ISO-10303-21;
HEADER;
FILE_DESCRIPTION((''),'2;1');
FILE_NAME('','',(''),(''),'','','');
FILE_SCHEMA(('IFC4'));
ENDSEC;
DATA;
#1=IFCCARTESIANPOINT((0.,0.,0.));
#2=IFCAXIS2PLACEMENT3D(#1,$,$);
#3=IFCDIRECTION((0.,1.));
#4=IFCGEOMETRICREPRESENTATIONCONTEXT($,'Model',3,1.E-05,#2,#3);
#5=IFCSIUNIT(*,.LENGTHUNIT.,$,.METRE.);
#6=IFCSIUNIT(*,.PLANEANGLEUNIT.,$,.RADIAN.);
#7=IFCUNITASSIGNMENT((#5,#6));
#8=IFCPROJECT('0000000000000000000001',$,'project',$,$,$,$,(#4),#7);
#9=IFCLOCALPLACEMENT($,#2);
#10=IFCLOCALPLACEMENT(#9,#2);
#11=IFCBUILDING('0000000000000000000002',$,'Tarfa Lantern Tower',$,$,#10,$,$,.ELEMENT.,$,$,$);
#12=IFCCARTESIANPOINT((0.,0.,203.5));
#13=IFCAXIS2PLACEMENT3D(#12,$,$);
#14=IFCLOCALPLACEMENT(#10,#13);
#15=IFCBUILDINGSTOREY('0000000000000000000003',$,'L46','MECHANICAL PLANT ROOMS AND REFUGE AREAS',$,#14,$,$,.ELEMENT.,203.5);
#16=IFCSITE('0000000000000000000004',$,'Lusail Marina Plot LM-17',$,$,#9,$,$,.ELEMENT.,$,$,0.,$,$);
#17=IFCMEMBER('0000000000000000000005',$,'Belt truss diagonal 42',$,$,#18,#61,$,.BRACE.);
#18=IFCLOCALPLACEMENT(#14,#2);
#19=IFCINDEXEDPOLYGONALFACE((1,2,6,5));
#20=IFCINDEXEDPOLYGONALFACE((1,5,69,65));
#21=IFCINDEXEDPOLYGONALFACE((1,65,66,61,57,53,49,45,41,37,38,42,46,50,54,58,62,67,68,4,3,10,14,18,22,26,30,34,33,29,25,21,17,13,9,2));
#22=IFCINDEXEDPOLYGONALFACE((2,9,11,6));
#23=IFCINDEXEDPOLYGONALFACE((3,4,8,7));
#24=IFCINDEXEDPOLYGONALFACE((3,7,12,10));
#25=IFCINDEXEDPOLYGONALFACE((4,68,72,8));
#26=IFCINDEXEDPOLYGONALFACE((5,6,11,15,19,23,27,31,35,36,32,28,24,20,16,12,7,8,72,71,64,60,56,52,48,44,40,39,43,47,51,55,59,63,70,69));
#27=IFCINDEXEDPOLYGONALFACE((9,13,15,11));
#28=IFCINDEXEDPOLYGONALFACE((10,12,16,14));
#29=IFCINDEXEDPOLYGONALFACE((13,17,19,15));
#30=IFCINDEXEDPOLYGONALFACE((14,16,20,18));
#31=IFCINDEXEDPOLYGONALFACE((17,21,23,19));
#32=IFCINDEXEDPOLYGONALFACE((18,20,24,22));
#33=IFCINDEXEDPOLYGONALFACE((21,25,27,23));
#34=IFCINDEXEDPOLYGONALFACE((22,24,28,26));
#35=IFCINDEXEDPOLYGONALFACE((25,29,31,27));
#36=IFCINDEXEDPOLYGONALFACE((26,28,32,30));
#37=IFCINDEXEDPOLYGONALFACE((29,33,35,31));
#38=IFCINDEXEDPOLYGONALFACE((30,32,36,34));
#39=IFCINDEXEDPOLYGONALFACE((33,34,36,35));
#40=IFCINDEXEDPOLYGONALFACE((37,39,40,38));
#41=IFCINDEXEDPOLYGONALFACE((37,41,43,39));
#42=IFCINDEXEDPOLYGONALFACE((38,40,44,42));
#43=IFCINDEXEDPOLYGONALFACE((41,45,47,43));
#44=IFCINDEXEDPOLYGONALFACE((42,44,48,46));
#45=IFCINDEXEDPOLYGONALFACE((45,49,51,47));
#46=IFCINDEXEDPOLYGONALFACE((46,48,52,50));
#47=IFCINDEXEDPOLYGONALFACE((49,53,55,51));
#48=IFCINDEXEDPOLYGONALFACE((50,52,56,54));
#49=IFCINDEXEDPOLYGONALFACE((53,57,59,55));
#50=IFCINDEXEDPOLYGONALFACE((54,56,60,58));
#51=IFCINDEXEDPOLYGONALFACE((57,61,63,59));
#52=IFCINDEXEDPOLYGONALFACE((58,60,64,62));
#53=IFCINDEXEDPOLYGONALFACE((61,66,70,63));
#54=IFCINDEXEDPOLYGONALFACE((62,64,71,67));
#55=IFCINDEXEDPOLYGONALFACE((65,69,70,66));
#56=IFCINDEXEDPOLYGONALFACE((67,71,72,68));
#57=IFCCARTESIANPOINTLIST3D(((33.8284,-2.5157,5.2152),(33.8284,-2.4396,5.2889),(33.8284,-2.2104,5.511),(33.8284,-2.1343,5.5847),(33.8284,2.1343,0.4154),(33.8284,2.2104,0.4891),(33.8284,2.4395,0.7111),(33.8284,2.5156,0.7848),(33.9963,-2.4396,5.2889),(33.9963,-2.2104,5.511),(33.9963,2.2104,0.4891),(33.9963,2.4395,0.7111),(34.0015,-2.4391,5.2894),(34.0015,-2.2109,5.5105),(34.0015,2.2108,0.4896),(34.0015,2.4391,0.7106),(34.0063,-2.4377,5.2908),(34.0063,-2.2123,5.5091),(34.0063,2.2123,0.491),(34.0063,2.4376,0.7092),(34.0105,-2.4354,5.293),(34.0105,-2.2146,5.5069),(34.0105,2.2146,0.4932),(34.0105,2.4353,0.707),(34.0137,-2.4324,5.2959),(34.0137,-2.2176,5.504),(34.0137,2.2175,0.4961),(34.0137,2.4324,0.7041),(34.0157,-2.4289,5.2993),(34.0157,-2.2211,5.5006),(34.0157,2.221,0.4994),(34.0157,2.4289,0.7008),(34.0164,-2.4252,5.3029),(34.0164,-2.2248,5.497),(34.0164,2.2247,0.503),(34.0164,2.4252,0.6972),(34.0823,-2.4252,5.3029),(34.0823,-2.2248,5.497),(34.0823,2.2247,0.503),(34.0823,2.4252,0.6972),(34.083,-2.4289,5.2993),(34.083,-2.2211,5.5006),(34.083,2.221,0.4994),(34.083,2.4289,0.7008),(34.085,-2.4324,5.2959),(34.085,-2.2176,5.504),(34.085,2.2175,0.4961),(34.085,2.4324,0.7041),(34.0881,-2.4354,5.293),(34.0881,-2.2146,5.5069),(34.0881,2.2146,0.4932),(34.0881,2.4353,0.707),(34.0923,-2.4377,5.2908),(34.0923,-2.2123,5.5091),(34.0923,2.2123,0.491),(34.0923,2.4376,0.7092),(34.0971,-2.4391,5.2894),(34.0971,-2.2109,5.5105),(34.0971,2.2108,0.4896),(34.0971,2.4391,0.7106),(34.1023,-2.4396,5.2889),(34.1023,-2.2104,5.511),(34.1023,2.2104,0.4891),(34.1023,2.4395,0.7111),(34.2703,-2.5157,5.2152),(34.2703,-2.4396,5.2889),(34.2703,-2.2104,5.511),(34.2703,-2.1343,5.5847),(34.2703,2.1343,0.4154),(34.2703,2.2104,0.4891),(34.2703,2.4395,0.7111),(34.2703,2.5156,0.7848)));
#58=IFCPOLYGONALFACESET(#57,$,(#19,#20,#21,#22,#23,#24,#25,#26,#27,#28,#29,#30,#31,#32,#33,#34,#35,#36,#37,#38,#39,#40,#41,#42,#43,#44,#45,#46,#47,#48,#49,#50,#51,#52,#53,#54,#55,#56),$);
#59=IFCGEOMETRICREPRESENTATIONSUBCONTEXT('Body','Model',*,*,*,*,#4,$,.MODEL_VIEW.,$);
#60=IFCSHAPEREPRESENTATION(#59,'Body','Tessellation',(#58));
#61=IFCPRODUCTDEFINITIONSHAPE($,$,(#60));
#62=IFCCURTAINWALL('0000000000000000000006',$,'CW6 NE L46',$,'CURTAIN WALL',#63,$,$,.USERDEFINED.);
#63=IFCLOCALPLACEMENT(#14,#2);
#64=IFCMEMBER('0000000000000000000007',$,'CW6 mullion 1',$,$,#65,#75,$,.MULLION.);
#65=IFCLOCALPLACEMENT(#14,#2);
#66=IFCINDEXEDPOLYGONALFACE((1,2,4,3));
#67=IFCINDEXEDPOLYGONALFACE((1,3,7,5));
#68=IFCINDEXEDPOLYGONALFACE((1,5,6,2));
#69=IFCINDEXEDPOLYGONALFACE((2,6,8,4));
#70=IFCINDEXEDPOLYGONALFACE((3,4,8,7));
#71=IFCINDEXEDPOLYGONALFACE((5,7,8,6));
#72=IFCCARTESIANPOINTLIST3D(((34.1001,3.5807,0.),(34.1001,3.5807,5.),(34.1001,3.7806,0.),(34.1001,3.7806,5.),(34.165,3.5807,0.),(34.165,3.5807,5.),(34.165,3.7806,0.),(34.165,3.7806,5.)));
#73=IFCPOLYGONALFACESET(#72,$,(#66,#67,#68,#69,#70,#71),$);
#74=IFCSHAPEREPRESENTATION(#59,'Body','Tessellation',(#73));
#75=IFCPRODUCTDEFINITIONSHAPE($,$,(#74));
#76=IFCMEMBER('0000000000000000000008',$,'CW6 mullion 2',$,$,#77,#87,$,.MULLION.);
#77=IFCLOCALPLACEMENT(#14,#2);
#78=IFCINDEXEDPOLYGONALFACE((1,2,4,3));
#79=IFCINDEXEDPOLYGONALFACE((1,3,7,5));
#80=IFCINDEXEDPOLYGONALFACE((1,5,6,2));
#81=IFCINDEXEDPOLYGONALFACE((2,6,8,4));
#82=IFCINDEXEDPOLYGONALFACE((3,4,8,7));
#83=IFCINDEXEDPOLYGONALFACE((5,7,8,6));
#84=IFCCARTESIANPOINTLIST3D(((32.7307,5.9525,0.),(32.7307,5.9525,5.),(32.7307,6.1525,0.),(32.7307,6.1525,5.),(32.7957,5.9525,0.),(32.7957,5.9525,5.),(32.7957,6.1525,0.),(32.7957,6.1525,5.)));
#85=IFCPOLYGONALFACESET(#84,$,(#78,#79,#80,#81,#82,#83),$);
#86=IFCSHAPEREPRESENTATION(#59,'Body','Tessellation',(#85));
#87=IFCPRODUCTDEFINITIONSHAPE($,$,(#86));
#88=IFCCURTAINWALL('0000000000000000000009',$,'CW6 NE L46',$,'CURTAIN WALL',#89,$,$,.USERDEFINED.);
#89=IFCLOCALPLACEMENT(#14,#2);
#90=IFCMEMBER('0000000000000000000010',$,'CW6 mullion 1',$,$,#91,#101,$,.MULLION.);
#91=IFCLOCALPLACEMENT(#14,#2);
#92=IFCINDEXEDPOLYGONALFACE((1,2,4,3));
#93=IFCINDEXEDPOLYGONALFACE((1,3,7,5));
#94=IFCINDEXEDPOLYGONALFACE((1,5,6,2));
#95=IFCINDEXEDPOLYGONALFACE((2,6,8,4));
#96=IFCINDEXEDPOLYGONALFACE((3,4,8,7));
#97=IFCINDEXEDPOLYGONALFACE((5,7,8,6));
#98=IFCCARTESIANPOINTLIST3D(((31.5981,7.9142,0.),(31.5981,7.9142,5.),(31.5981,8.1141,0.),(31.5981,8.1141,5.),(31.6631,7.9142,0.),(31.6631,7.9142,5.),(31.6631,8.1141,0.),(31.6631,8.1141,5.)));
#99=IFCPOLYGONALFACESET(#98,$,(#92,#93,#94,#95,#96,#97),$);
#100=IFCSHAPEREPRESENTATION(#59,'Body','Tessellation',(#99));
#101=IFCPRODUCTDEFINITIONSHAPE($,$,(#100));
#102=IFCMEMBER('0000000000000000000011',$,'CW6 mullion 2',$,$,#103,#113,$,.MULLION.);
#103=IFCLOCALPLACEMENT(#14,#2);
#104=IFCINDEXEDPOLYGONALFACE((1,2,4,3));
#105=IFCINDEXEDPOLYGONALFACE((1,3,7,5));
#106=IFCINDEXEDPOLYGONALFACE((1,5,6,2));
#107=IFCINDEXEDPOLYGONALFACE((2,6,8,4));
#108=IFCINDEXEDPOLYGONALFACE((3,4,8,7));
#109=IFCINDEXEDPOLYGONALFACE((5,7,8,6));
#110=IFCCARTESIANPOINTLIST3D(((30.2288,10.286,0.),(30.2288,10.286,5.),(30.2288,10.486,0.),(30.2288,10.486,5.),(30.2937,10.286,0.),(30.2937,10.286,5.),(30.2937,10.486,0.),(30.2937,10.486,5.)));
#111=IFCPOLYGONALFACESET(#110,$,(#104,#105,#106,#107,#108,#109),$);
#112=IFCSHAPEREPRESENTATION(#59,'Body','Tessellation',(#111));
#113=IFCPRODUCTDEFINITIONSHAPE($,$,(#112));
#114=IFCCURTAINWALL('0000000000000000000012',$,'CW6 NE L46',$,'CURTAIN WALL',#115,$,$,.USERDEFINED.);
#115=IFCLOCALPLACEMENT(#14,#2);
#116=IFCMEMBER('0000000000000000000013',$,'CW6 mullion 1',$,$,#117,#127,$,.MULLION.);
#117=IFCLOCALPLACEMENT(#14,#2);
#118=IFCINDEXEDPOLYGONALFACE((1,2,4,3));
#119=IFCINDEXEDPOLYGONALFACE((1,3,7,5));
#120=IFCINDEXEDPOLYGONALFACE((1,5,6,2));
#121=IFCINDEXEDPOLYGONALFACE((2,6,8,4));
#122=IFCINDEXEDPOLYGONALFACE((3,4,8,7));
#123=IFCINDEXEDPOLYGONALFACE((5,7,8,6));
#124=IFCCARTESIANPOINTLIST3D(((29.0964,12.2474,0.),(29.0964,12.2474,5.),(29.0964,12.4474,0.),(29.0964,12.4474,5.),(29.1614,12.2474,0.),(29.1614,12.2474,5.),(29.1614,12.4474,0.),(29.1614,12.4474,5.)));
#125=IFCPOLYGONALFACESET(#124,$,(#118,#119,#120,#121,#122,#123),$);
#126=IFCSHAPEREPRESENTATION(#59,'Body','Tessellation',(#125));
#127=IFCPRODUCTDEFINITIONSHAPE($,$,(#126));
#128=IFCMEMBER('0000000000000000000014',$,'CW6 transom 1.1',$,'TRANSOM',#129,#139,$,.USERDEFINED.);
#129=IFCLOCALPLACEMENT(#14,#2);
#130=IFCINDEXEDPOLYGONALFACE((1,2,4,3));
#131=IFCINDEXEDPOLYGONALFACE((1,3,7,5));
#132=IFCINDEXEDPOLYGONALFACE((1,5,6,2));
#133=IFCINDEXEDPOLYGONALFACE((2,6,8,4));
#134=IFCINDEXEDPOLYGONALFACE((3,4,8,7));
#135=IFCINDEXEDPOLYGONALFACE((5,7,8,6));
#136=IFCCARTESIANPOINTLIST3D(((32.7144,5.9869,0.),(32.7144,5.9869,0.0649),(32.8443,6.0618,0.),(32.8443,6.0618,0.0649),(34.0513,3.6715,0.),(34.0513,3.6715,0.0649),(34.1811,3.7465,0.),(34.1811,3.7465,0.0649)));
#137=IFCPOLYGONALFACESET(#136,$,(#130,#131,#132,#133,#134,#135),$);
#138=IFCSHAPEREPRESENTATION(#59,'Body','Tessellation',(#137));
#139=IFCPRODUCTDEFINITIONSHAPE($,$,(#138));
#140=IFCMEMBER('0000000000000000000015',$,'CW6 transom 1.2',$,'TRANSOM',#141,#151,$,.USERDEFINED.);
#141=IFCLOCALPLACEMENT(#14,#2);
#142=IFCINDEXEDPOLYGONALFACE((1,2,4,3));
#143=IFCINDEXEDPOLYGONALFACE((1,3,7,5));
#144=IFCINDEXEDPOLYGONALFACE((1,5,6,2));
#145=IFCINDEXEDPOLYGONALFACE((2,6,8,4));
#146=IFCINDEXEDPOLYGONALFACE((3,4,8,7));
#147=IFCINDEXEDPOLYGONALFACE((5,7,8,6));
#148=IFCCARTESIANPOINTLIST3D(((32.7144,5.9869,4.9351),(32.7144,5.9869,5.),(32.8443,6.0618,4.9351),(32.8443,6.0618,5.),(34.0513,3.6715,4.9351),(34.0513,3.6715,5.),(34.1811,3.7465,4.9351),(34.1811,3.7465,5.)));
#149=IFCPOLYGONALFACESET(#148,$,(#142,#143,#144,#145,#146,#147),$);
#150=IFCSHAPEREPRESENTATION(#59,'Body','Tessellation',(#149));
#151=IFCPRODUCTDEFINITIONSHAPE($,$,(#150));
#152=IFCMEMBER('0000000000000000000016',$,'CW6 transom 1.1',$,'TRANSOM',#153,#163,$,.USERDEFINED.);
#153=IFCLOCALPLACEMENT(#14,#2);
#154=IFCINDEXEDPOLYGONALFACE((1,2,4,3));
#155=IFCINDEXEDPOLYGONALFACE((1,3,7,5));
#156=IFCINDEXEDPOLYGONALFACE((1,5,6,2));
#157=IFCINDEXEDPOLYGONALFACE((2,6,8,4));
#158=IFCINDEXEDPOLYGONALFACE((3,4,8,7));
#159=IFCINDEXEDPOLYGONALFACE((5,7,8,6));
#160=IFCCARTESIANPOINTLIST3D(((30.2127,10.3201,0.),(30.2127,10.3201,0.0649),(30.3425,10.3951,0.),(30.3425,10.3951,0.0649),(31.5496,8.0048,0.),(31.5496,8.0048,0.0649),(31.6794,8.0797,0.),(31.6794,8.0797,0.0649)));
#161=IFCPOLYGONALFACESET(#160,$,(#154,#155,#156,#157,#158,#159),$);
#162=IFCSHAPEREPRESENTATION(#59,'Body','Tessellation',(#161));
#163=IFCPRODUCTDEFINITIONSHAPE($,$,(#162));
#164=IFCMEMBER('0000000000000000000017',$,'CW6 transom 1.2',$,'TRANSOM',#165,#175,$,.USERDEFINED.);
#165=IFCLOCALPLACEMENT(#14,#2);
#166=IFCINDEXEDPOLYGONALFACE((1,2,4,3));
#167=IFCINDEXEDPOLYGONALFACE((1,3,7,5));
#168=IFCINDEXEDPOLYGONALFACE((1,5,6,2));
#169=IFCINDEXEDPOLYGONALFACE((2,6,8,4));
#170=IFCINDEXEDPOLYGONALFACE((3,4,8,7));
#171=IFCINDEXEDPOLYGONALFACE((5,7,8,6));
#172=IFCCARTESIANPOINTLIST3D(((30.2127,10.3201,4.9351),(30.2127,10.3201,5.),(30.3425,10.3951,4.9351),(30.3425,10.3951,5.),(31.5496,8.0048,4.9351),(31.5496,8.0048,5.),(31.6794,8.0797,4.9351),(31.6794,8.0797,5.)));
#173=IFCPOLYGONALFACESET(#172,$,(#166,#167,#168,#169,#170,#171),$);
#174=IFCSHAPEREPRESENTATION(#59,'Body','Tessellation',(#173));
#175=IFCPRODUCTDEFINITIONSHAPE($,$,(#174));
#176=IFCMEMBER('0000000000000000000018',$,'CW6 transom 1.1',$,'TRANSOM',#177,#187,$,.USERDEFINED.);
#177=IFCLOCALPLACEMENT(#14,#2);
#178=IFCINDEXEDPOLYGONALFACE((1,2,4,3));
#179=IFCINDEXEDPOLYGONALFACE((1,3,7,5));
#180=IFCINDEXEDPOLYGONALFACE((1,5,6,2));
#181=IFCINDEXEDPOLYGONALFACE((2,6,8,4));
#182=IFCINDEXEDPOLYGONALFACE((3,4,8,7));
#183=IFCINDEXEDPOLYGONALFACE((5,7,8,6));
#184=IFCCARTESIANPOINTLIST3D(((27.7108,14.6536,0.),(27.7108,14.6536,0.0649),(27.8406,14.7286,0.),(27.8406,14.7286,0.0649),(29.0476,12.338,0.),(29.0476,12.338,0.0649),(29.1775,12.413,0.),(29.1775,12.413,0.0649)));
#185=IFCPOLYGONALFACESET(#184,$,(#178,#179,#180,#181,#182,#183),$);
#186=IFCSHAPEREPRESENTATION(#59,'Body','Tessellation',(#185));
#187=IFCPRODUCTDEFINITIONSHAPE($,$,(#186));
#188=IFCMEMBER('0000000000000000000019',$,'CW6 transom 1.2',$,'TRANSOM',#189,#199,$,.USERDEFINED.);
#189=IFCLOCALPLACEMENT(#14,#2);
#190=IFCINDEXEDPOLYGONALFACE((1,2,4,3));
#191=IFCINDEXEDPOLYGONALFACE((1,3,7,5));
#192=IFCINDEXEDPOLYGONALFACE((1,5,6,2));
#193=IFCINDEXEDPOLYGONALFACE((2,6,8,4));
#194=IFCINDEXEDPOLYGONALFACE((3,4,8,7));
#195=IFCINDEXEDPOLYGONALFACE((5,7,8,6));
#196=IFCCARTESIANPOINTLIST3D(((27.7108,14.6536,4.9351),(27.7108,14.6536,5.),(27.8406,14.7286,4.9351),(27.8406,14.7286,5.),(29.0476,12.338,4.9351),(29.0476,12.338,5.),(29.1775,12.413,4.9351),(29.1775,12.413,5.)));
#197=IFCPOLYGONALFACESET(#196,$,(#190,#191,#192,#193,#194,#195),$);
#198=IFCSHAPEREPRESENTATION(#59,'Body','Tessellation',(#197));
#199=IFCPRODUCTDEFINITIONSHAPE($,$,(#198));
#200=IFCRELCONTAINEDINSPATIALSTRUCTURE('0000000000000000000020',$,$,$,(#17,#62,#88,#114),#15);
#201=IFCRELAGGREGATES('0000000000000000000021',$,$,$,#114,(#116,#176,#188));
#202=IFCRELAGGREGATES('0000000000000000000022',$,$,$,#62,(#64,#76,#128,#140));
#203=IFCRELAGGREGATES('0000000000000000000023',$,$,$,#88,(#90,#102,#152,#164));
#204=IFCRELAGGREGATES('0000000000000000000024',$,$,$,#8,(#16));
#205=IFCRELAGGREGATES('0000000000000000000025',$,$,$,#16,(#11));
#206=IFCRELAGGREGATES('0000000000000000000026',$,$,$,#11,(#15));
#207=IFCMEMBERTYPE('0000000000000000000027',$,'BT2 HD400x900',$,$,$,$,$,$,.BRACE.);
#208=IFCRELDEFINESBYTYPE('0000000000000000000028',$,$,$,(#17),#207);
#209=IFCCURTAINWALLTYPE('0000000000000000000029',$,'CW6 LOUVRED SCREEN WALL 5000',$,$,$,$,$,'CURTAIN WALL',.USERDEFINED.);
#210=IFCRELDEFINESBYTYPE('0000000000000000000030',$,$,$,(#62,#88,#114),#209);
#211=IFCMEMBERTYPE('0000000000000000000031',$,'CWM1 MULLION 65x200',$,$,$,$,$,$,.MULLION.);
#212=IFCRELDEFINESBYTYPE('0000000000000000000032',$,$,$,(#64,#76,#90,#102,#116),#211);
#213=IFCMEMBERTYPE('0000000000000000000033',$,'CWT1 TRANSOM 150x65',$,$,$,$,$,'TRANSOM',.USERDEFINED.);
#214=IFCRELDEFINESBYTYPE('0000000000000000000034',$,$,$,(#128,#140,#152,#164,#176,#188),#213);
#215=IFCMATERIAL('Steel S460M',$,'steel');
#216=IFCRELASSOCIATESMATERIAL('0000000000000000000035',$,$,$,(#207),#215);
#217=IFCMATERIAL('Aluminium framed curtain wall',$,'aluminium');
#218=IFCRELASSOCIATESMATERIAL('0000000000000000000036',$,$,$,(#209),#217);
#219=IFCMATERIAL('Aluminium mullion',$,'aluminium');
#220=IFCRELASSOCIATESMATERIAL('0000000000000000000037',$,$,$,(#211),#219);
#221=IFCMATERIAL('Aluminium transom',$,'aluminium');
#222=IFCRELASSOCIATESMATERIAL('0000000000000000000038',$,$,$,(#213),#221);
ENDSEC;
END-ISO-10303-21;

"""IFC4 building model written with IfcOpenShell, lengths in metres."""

from ifc_helpers import new_model, si_unit, direction, frame, origin, origin_2d, place, context, subcontext, project, spatial, rectangle, i_section, extrude, material, material_profile, profile_set, type_object, element, aggregate, save


model = new_model("IFC4")

# Units and contexts
model_context = context("Model", 3, precision=1e-05, world=origin(), true_north=direction((0.0, 1.0)))
body_context = subcontext(model_context, "Body", "Model", "MODEL_VIEW")
ifc_project = project(units=[si_unit("LENGTHUNIT", "METRE"), si_unit("PLANEANGLEUNIT", "RADIAN")], contexts=[model_context])

# Site, building, storey
site_placement = place(None, origin())
site = spatial("IfcSite", under=ifc_project, at=site_placement, Name="Lusail Marina Plot LM-17", CompositionType="ELEMENT", RefElevation=0.0)
building_placement = place(site_placement, origin())
building = spatial("IfcBuilding", under=site, at=building_placement, Name="Tarfa Lantern Tower", CompositionType="ELEMENT")
storey_placement = place(building_placement, frame((0.0, 0.0, 203.5)))
storey = spatial("IfcBuildingStorey", under=building, at=storey_placement, Name="L46", Description="MECHANICAL PLANT ROOMS AND REFUGE AREAS", CompositionType="ELEMENT", Elevation=203.5)

# Member
ifc_material_1 = material(Name="Steel S460M", Category="steel")
ifc_material_profile_1 = material_profile(ifc_material_1, i_section(OverallWidth=0.4419, OverallDepth=0.531, WebThickness=0.0659, FlangeThickness=0.106, FilletRadius=0.02, at=origin_2d()), Name="HD400x900")
ifc_profile_set_1 = profile_set([ifc_material_profile_1], Name="Steel S460M")
member_type_1 = type_object("IfcMemberType", Name="BT2 HD400x900", PredefinedType="BRACE", material=ifc_profile_set_1)
member_1_placement = place(storey_placement, frame((34.0493, 2.325, 0.6001), z_axis=(0.0, -0.695802, 0.718233), x_axis=(1.0, 0.0, 0.0)))
element("IfcMember", 1, at=member_1_placement, inside=storey, type_object=member_type_1, Name="Belt truss diagonal 42", PredefinedType="BRACE", context=body_context, shape_type="SweptSolid", body=[
    extrude(i_section(OverallWidth=0.4419, OverallDepth=0.531, WebThickness=0.0659, FlangeThickness=0.106, FilletRadius=0.02, at=origin_2d()), origin(), (0.0, 0.0, 1.0), 6.6829),
])

# Curtain walls, members
ifc_material_2 = material(Name="Aluminium framed curtain wall", Category="aluminium")
curtain_wall_type = type_object("IfcCurtainWallType", Name="CW6 LOUVRED SCREEN WALL 5000", ElementType="CURTAIN WALL", PredefinedType="USERDEFINED", material=ifc_material_2)
curtain_wall_1_placement = place(storey_placement, origin())
curtain_wall_1 = element("IfcCurtainWall", 2, at=curtain_wall_1_placement, inside=storey, type_object=curtain_wall_type, Name="CW6 NE L46", ObjectType="CURTAIN WALL", PredefinedType="USERDEFINED")
ifc_material_3 = material(Name="Aluminium mullion", Category="aluminium")
ifc_material_profile_2 = material_profile(ifc_material_3, rectangle(XDim=0.0649, YDim=0.2, at=origin_2d()), Name="AL MULLION 65x200")
ifc_profile_set_2 = profile_set([ifc_material_profile_2], Name="Aluminium mullion")
member_type_2 = type_object("IfcMemberType", Name="CWM1 MULLION 65x200", PredefinedType="MULLION", material=ifc_profile_set_2)
member_2_placement = place(storey_placement, frame((34.1326, 3.6807, 0.0), z_axis=(0.0, 0.0, 1.0), x_axis=(1.0, 0.0, 0.0)))
member_2 = element("IfcMember", 3, at=member_2_placement, type_object=member_type_2, Name="CW6 mullion 1", PredefinedType="MULLION", context=body_context, shape_type="SweptSolid", body=[
    extrude(rectangle(XDim=0.0649, YDim=0.2, at=origin_2d()), origin(), (0.0, 0.0, 1.0), 5.0),
])
member_3_placement = place(storey_placement, frame((32.7632, 6.0525, 0.0), z_axis=(0.0, 0.0, 1.0), x_axis=(1.0, 0.0, 0.0)))
member_3 = element("IfcMember", 4, at=member_3_placement, type_object=member_type_2, Name="CW6 mullion 2", PredefinedType="MULLION", context=body_context, shape_type="SweptSolid", body=[
    extrude(rectangle(XDim=0.0649, YDim=0.2, at=origin_2d()), origin(), (0.0, 0.0, 1.0), 5.0),
])
curtain_wall_2_placement = place(storey_placement, origin())
curtain_wall_2 = element("IfcCurtainWall", 5, at=curtain_wall_2_placement, inside=storey, type_object=curtain_wall_type, Name="CW6 NE L46", ObjectType="CURTAIN WALL", PredefinedType="USERDEFINED")
member_4_placement = place(storey_placement, frame((31.6306, 8.0142, 0.0), z_axis=(0.0, 0.0, 1.0), x_axis=(1.0, 0.0, 0.0)))
member_4 = element("IfcMember", 6, at=member_4_placement, type_object=member_type_2, Name="CW6 mullion 1", PredefinedType="MULLION", context=body_context, shape_type="SweptSolid", body=[
    extrude(rectangle(XDim=0.0649, YDim=0.2, at=origin_2d()), origin(), (0.0, 0.0, 1.0), 5.0),
])
member_5_placement = place(storey_placement, frame((30.2612, 10.386, 0.0), z_axis=(0.0, 0.0, 1.0), x_axis=(1.0, 0.0, 0.0)))
member_5 = element("IfcMember", 7, at=member_5_placement, type_object=member_type_2, Name="CW6 mullion 2", PredefinedType="MULLION", context=body_context, shape_type="SweptSolid", body=[
    extrude(rectangle(XDim=0.0649, YDim=0.2, at=origin_2d()), origin(), (0.0, 0.0, 1.0), 5.0),
])

# Curtain wall, member
curtain_wall_3_placement = place(storey_placement, origin())
curtain_wall_3 = element("IfcCurtainWall", 8, at=curtain_wall_3_placement, inside=storey, type_object=curtain_wall_type, Name="CW6 NE L46", ObjectType="CURTAIN WALL", PredefinedType="USERDEFINED")
member_6_placement = place(storey_placement, frame((29.1289, 12.3474, 0.0), z_axis=(0.0, 0.0, 1.0), x_axis=(1.0, 0.0, 0.0)))
member_6 = element("IfcMember", 9, at=member_6_placement, type_object=member_type_2, Name="CW6 mullion 1", PredefinedType="MULLION", context=body_context, shape_type="SweptSolid", body=[
    extrude(rectangle(XDim=0.0649, YDim=0.2, at=origin_2d()), origin(), (0.0, 0.0, 1.0), 5.0),
])

# Members
ifc_material_4 = material(Name="Aluminium transom", Category="aluminium")
ifc_material_profile_3 = material_profile(ifc_material_4, rectangle(XDim=0.1499, YDim=0.0649, at=origin_2d()), Name="AL TRANSOM 150x65")
ifc_profile_set_3 = profile_set([ifc_material_profile_3], Name="Aluminium transom")
member_type_3 = type_object("IfcMemberType", Name="CWT1 TRANSOM 150x65", ElementType="TRANSOM", PredefinedType="USERDEFINED", material=ifc_profile_set_3)
member_7_placement = place(storey_placement, frame((34.1162, 3.709, 0.0325), z_axis=(-0.500028, 0.866009, 0.0), x_axis=(-0.866009, -0.500028, 0.0)))
member_7 = element("IfcMember", 10, at=member_7_placement, type_object=member_type_3, Name="CW6 transom 1.1", ObjectType="TRANSOM", PredefinedType="USERDEFINED", context=body_context, shape_type="SweptSolid", body=[
    extrude(rectangle(XDim=0.1499, YDim=0.0649, at=origin_2d()), origin(), (0.0, 0.0, 1.0), 2.6736),
])
member_8_placement = place(storey_placement, frame((34.1162, 3.709, 4.9675), z_axis=(-0.500028, 0.866009, 0.0), x_axis=(-0.866009, -0.500028, 0.0)))
member_8 = element("IfcMember", 11, at=member_8_placement, type_object=member_type_3, Name="CW6 transom 1.2", ObjectType="TRANSOM", PredefinedType="USERDEFINED", context=body_context, shape_type="SweptSolid", body=[
    extrude(rectangle(XDim=0.1499, YDim=0.0649, at=origin_2d()), origin(), (0.0, 0.0, 1.0), 2.6736),
])
member_9_placement = place(storey_placement, frame((31.6145, 8.0422, 0.0325), z_axis=(-0.500028, 0.866009, 0.0), x_axis=(-0.866009, -0.500028, 0.0)))
member_9 = element("IfcMember", 12, at=member_9_placement, type_object=member_type_3, Name="CW6 transom 1.1", ObjectType="TRANSOM", PredefinedType="USERDEFINED", context=body_context, shape_type="SweptSolid", body=[
    extrude(rectangle(XDim=0.1499, YDim=0.0649, at=origin_2d()), origin(), (0.0, 0.0, 1.0), 2.6736),
])
member_10_placement = place(storey_placement, frame((31.6145, 8.0422, 4.9675), z_axis=(-0.500028, 0.866009, 0.0), x_axis=(-0.866009, -0.500028, 0.0)))
member_10 = element("IfcMember", 13, at=member_10_placement, type_object=member_type_3, Name="CW6 transom 1.2", ObjectType="TRANSOM", PredefinedType="USERDEFINED", context=body_context, shape_type="SweptSolid", body=[
    extrude(rectangle(XDim=0.1499, YDim=0.0649, at=origin_2d()), origin(), (0.0, 0.0, 1.0), 2.6736),
])
member_11_placement = place(storey_placement, frame((29.1125, 12.3755, 0.0325), z_axis=(-0.499989, 0.866032, 0.0), x_axis=(-0.866032, -0.499989, 0.0)))
member_11 = element("IfcMember", 14, at=member_11_placement, type_object=member_type_3, Name="CW6 transom 1.1", ObjectType="TRANSOM", PredefinedType="USERDEFINED", context=body_context, shape_type="SweptSolid", body=[
    extrude(rectangle(XDim=0.1499, YDim=0.0649, at=origin_2d()), origin(), (0.0, 0.0, 1.0), 2.6738),
])
member_12_placement = place(storey_placement, frame((29.1125, 12.3755, 4.9675), z_axis=(-0.499989, 0.866032, 0.0), x_axis=(-0.866032, -0.499989, 0.0)))
member_12 = element("IfcMember", 15, at=member_12_placement, type_object=member_type_3, Name="CW6 transom 1.2", ObjectType="TRANSOM", PredefinedType="USERDEFINED", context=body_context, shape_type="SweptSolid", body=[
    extrude(rectangle(XDim=0.1499, YDim=0.0649, at=origin_2d()), origin(), (0.0, 0.0, 1.0), 2.6738),
])
aggregate(curtain_wall_3, [member_6, member_11, member_12])

aggregate(curtain_wall_1, [member_2, member_3, member_7, member_8])
aggregate(curtain_wall_2, [member_4, member_5, member_9, member_10])

save(model, "model.ifc")
